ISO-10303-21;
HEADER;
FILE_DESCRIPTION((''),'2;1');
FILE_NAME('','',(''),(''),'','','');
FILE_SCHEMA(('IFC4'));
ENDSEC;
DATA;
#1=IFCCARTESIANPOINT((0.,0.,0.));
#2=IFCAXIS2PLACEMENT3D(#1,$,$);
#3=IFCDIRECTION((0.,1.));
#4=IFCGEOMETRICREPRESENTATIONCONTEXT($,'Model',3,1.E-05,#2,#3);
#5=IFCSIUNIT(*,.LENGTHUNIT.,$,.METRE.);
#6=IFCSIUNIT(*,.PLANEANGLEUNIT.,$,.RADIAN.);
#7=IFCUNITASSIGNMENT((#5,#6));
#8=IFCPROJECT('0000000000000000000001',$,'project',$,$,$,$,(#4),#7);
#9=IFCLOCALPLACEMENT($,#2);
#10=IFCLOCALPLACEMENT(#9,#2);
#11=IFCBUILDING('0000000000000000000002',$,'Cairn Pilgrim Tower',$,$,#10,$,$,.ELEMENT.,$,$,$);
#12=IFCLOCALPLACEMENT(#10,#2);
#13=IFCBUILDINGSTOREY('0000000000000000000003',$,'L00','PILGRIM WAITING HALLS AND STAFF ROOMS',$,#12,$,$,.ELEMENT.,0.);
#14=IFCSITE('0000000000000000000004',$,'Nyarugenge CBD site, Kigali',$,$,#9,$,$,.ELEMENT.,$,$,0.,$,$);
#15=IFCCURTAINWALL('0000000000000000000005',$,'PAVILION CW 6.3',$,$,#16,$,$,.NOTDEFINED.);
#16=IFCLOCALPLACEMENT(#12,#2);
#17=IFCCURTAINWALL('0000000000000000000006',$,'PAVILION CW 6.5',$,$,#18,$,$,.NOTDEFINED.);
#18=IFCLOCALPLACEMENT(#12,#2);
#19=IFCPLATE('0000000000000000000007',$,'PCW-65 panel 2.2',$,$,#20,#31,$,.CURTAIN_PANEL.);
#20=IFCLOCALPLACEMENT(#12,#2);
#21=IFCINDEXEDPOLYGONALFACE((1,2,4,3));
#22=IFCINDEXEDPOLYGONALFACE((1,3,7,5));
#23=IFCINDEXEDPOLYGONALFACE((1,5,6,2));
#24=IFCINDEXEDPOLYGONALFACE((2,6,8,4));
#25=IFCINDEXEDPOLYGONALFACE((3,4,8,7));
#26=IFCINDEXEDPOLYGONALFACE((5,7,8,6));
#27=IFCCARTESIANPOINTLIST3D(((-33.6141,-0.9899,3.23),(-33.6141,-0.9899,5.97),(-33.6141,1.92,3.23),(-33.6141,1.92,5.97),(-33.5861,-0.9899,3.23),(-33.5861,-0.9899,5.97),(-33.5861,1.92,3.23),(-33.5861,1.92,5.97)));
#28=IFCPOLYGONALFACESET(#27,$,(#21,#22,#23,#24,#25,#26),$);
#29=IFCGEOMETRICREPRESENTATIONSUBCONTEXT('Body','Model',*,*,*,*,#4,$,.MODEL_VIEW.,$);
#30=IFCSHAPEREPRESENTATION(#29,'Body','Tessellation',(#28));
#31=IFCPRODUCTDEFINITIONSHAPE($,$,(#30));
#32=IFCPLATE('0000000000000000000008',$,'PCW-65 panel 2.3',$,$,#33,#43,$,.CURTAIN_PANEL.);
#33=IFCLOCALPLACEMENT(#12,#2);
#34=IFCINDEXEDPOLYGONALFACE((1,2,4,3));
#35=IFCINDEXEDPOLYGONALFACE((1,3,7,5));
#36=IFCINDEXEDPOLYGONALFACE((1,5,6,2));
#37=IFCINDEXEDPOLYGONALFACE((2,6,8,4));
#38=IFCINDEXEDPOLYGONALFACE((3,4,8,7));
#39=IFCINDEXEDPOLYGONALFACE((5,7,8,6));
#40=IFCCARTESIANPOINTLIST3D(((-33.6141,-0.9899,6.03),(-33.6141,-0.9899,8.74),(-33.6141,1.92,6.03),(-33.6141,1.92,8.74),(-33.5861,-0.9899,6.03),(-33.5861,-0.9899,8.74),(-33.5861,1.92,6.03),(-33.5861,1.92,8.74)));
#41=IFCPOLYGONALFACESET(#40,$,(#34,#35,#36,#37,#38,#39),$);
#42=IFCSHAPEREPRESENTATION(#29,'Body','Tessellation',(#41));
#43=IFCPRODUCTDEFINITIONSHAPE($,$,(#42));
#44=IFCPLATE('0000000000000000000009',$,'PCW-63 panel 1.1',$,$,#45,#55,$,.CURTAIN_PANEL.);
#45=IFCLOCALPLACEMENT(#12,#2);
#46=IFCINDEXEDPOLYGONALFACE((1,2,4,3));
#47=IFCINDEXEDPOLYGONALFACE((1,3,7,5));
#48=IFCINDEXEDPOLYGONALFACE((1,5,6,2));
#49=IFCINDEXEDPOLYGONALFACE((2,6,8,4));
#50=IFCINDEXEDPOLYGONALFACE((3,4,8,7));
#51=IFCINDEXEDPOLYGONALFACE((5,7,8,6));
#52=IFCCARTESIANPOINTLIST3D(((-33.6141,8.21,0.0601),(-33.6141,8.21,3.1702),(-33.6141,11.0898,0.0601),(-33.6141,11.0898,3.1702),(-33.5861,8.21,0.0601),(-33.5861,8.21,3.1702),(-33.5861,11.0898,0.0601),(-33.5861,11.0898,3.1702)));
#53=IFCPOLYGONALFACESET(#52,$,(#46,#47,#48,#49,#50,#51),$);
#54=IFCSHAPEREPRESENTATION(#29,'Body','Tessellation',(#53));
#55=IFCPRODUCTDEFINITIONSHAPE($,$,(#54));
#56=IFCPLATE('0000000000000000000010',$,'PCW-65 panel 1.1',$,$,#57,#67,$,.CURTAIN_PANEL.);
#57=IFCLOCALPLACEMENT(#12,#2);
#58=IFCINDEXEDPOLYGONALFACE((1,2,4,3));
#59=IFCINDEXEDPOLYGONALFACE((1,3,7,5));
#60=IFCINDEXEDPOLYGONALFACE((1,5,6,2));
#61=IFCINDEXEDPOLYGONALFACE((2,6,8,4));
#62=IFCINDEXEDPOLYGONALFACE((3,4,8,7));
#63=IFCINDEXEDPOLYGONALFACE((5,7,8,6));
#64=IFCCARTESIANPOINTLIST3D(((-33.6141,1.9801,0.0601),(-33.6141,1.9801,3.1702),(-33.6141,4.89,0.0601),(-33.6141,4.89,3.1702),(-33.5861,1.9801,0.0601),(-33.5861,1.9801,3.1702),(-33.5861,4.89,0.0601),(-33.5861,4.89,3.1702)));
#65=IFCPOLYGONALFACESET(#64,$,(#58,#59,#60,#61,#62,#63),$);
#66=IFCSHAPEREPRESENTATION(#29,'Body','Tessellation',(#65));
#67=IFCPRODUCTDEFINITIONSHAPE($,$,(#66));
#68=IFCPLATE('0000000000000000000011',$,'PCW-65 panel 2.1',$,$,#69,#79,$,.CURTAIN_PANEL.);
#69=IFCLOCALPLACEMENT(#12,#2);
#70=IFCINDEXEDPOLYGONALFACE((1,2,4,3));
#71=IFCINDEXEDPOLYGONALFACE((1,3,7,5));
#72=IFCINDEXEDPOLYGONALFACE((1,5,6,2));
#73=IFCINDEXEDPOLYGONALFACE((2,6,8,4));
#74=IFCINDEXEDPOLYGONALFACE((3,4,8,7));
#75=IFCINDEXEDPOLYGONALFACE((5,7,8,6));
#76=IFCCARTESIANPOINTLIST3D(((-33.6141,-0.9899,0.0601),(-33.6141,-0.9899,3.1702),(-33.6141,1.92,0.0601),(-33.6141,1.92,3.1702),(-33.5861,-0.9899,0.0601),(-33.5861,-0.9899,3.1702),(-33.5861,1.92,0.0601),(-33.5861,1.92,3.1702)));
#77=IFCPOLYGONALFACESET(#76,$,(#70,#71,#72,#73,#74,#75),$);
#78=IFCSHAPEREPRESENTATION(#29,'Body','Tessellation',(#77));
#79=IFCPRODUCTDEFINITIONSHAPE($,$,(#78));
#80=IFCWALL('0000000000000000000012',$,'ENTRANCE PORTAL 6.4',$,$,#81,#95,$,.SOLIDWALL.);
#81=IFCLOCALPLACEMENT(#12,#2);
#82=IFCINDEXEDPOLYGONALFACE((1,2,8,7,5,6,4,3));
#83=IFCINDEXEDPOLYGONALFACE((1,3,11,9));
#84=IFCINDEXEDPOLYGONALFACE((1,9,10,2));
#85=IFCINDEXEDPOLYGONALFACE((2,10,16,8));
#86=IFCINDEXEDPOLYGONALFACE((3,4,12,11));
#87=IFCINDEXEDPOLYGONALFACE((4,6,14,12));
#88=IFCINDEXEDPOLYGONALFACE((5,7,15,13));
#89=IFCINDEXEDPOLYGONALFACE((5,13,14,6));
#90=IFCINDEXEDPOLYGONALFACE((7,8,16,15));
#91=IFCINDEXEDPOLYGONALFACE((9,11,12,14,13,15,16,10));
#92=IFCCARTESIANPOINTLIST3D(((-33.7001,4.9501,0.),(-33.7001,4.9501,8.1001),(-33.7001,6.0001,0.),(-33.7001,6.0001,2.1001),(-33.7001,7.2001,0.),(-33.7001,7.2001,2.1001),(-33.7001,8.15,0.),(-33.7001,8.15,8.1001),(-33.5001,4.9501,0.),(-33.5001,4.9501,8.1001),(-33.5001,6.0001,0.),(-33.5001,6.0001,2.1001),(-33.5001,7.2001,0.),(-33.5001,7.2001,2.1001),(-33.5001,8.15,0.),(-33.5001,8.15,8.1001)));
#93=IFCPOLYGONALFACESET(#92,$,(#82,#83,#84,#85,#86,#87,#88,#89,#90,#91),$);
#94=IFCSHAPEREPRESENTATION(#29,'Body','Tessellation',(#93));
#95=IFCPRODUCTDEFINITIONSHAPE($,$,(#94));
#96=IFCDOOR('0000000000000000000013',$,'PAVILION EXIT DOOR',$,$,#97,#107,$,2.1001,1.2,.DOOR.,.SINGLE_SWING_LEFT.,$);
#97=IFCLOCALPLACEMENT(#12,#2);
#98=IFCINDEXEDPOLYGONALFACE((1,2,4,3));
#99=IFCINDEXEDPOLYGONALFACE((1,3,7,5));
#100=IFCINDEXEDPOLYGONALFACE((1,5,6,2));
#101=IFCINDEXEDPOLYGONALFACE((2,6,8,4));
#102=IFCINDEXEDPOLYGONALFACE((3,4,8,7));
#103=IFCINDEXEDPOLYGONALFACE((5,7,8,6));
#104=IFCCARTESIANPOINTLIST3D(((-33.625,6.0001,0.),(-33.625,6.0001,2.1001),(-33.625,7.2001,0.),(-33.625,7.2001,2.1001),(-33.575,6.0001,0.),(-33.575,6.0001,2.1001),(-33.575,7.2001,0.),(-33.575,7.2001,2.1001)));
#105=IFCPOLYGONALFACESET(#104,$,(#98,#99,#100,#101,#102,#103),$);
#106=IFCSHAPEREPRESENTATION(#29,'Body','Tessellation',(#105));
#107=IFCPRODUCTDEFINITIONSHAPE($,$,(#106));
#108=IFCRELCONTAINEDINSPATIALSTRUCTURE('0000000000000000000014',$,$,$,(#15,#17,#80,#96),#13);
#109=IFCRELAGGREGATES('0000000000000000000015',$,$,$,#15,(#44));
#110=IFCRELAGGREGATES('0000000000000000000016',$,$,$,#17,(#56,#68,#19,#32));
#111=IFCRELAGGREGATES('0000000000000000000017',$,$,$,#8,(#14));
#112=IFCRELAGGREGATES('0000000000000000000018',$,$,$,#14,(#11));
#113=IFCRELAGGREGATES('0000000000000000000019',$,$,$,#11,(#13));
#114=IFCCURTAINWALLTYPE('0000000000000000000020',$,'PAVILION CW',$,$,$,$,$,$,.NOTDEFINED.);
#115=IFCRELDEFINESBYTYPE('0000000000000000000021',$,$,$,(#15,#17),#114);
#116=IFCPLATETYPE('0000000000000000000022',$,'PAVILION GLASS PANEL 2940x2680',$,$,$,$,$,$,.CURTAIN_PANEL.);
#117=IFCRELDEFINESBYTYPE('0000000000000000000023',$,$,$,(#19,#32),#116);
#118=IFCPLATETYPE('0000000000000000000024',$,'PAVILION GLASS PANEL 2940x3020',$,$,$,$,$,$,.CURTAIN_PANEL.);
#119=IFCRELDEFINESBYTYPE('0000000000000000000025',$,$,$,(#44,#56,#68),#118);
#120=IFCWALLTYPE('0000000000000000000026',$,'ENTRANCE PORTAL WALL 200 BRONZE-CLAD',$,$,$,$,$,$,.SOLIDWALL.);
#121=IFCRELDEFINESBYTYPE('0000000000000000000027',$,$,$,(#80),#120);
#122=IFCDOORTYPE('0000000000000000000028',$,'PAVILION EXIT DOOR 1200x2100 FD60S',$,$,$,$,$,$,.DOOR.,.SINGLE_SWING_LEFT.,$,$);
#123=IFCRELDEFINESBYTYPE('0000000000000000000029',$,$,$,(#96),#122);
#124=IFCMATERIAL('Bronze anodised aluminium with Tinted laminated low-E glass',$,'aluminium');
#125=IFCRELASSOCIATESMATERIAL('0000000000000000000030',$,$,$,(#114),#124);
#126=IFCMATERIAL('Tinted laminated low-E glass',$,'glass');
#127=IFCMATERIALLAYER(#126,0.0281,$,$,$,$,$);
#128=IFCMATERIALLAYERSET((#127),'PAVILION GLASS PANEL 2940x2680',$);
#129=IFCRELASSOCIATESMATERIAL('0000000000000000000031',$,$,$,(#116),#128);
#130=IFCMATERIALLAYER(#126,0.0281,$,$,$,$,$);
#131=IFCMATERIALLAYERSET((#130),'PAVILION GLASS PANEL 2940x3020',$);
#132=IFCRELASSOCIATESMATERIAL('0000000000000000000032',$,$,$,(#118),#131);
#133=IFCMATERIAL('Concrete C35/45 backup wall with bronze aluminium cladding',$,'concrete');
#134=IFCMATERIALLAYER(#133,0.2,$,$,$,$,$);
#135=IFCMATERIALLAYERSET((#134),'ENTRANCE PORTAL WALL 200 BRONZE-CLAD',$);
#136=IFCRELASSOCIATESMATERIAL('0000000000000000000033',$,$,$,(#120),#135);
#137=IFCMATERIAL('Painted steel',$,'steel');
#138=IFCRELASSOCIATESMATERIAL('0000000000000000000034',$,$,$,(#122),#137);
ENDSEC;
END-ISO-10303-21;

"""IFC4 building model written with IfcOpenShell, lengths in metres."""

from ifc_helpers import new_model, si_unit, direction, frame, frame_2d, origin, origin_2d, place, context, subcontext, project, spatial, rectangle, extrude, material, layer, layer_set, type_object, element, fill, aggregate, save


model = new_model("IFC4")

# Units and contexts
model_context = context("Model", 3, precision=1e-05, world=origin(), true_north=direction((0.0, 1.0)))
body_context = subcontext(model_context, "Body", "Model", "MODEL_VIEW")
ifc_project = project(units=[si_unit("LENGTHUNIT", "METRE"), si_unit("PLANEANGLEUNIT", "RADIAN")], contexts=[model_context])

# Site, building, storey
site_placement = place(None, origin())
site = spatial("IfcSite", under=ifc_project, at=site_placement, Name="Nyarugenge CBD site, Kigali", CompositionType="ELEMENT", RefElevation=0.0)
building_placement = place(site_placement, origin())
building = spatial("IfcBuilding", under=site, at=building_placement, Name="Cairn Pilgrim Tower", CompositionType="ELEMENT")
storey_placement = place(building_placement, origin())
storey = spatial("IfcBuildingStorey", under=building, at=storey_placement, Name="L00", Description="PILGRIM WAITING HALLS AND STAFF ROOMS", CompositionType="ELEMENT", Elevation=0.0)

# Curtain wall
ifc_material_1 = material(Name="Bronze anodised aluminium with Tinted laminated low-E glass", Category="aluminium")
curtain_wall_type = type_object("IfcCurtainWallType", Name="PAVILION CW", PredefinedType="NOTDEFINED", material=ifc_material_1)
curtain_wall_1_placement = place(storey_placement, origin())
curtain_wall_1 = element("IfcCurtainWall", 1, at=curtain_wall_1_placement, inside=storey, type_object=curtain_wall_type, Name="PAVILION CW 6.3", PredefinedType="NOTDEFINED")

# Curtain wall
curtain_wall_2_placement = place(storey_placement, origin())
curtain_wall_2 = element("IfcCurtainWall", 2, at=curtain_wall_2_placement, inside=storey, type_object=curtain_wall_type, Name="PAVILION CW 6.5", PredefinedType="NOTDEFINED")

# Plates
ifc_material_2 = material(Name="Tinted laminated low-E glass", Category="glass")
ifc_layer_1 = layer(ifc_material_2, 0.0281)
ifc_layer_set_1 = layer_set([ifc_layer_1], Name="PAVILION GLASS PANEL 2940x2680")
plate_type_1 = type_object("IfcPlateType", Name="PAVILION GLASS PANEL 2940x2680", PredefinedType="CURTAIN_PANEL", material=ifc_layer_set_1)
plate_1_placement = place(storey_placement, frame((-33.6001, 0.4651, 3.23), z_axis=(0.0, 0.0, 1.0), x_axis=(0.0, -1.0, 0.0)))
plate_1 = element("IfcPlate", 3, at=plate_1_placement, type_object=plate_type_1, Name="PCW-65 panel 2.2", PredefinedType="CURTAIN_PANEL", context=body_context, shape_type="SweptSolid", body=[
    extrude(rectangle(XDim=2.9099, YDim=0.0281, at=origin_2d()), origin(), (0.0, 0.0, 1.0), 2.74),
])
plate_2_placement = place(storey_placement, frame((-33.6001, 0.4651, 6.03), z_axis=(0.0, 0.0, 1.0), x_axis=(0.0, -1.0, 0.0)))
plate_2 = element("IfcPlate", 4, at=plate_2_placement, type_object=plate_type_1, Name="PCW-65 panel 2.3", PredefinedType="CURTAIN_PANEL", context=body_context, shape_type="SweptSolid", body=[
    extrude(rectangle(XDim=2.9099, YDim=0.0281, at=origin_2d()), origin(), (0.0, 0.0, 1.0), 2.71),
])
ifc_layer_2 = layer(ifc_material_2, 0.0281)
ifc_layer_set_2 = layer_set([ifc_layer_2], Name="PAVILION GLASS PANEL 2940x3020")
plate_type_2 = type_object("IfcPlateType", Name="PAVILION GLASS PANEL 2940x3020", PredefinedType="CURTAIN_PANEL", material=ifc_layer_set_2)
plate_3_placement = place(storey_placement, frame((-33.6001, 9.6499, 0.0601), z_axis=(0.0, 0.0, 1.0), x_axis=(0.0, -1.0, 0.0)))
plate_3 = element("IfcPlate", 5, at=plate_3_placement, type_object=plate_type_2, Name="PCW-63 panel 1.1", PredefinedType="CURTAIN_PANEL", context=body_context, shape_type="SweptSolid", body=[
    extrude(rectangle(XDim=2.8799, YDim=0.0281, at=origin_2d()), origin(), (0.0, 0.0, 1.0), 3.1101),
])
aggregate(curtain_wall_1, [plate_3])
plate_4_placement = place(storey_placement, frame((-33.6001, 3.4351, 0.0601), z_axis=(0.0, 0.0, 1.0), x_axis=(0.0, -1.0, 0.0)))
plate_4 = element("IfcPlate", 6, at=plate_4_placement, type_object=plate_type_2, Name="PCW-65 panel 1.1", PredefinedType="CURTAIN_PANEL", context=body_context, shape_type="SweptSolid", body=[
    extrude(rectangle(XDim=2.9099, YDim=0.0281, at=origin_2d()), origin(), (0.0, 0.0, 1.0), 3.1101),
])
plate_5_placement = place(storey_placement, frame((-33.6001, 0.4651, 0.0601), z_axis=(0.0, 0.0, 1.0), x_axis=(0.0, -1.0, 0.0)))
plate_5 = element("IfcPlate", 7, at=plate_5_placement, type_object=plate_type_2, Name="PCW-65 panel 2.1", PredefinedType="CURTAIN_PANEL", context=body_context, shape_type="SweptSolid", body=[
    extrude(rectangle(XDim=2.9099, YDim=0.0281, at=origin_2d()), origin(), (0.0, 0.0, 1.0), 3.1101),
])
aggregate(curtain_wall_2, [plate_4, plate_5, plate_1, plate_2])

# Wall, opening, door
ifc_material_3 = material(Name="Concrete C35/45 backup wall with bronze aluminium cladding", Category="concrete")
ifc_layer_3 = layer(ifc_material_3, 0.2)
ifc_layer_set_3 = layer_set([ifc_layer_3], Name="ENTRANCE PORTAL WALL 200 BRONZE-CLAD")
wall_type = type_object("IfcWallType", Name="ENTRANCE PORTAL WALL 200 BRONZE-CLAD", PredefinedType="SOLIDWALL", material=ifc_layer_set_3)
wall_placement = place(storey_placement, frame((-33.6001, 4.95, 0.0), z_axis=(0.0, 0.0, 1.0), x_axis=(0.0, 1.0, 0.0)))
wall = element("IfcWall", 8, at=wall_placement, inside=storey, type_object=wall_type, Name="ENTRANCE PORTAL 6.4", PredefinedType="SOLIDWALL", context=body_context, shape_type="SweptSolid", body=[
    extrude(rectangle(XDim=3.2, YDim=0.2, at=frame_2d((1.6001, 0.0))), origin(), (0.0, 0.0, 1.0), 8.1001),
])
opening_placement = place(wall_placement, frame((1.05, 0.0, 0.0)))
opening = element("IfcOpeningElement", 9, at=opening_placement, cuts=wall, PredefinedType="OPENING", context=body_context, shape_type="SweptSolid", body=[
    extrude(rectangle(XDim=1.2, YDim=2.1001, at=frame_2d((0.6001, 1.05))), frame((0.0, 0.1099, 0.0), z_axis=(0.0, -1.0, 0.0), x_axis=(1.0, 0.0, 0.0)), (0.0, 0.0, 1.0), 0.22),
])
ifc_material_4 = material(Name="Painted steel", Category="steel")
door_type = type_object("IfcDoorType", Name="PAVILION EXIT DOOR 1200x2100 FD60S", OperationType="SINGLE_SWING_LEFT", PredefinedType="DOOR", material=ifc_material_4)
door_placement = place(opening_placement, origin())
door = element("IfcDoor", 10, at=door_placement, inside=storey, type_object=door_type, Name="PAVILION EXIT DOOR", OperationType="SINGLE_SWING_LEFT", OverallHeight=2.1001, OverallWidth=1.2, PredefinedType="DOOR", context=body_context, shape_type="SweptSolid", body=[
    extrude(rectangle(XDim=1.2, YDim=2.1001, at=frame_2d((0.6001, 1.05))), frame((0.0, 0.0249, 0.0), z_axis=(0.0, -1.0, 0.0), x_axis=(1.0, 0.0, 0.0)), (0.0, 0.0, 1.0), 0.05),
])
fill(opening, door)

save(model, "model.ifc")
